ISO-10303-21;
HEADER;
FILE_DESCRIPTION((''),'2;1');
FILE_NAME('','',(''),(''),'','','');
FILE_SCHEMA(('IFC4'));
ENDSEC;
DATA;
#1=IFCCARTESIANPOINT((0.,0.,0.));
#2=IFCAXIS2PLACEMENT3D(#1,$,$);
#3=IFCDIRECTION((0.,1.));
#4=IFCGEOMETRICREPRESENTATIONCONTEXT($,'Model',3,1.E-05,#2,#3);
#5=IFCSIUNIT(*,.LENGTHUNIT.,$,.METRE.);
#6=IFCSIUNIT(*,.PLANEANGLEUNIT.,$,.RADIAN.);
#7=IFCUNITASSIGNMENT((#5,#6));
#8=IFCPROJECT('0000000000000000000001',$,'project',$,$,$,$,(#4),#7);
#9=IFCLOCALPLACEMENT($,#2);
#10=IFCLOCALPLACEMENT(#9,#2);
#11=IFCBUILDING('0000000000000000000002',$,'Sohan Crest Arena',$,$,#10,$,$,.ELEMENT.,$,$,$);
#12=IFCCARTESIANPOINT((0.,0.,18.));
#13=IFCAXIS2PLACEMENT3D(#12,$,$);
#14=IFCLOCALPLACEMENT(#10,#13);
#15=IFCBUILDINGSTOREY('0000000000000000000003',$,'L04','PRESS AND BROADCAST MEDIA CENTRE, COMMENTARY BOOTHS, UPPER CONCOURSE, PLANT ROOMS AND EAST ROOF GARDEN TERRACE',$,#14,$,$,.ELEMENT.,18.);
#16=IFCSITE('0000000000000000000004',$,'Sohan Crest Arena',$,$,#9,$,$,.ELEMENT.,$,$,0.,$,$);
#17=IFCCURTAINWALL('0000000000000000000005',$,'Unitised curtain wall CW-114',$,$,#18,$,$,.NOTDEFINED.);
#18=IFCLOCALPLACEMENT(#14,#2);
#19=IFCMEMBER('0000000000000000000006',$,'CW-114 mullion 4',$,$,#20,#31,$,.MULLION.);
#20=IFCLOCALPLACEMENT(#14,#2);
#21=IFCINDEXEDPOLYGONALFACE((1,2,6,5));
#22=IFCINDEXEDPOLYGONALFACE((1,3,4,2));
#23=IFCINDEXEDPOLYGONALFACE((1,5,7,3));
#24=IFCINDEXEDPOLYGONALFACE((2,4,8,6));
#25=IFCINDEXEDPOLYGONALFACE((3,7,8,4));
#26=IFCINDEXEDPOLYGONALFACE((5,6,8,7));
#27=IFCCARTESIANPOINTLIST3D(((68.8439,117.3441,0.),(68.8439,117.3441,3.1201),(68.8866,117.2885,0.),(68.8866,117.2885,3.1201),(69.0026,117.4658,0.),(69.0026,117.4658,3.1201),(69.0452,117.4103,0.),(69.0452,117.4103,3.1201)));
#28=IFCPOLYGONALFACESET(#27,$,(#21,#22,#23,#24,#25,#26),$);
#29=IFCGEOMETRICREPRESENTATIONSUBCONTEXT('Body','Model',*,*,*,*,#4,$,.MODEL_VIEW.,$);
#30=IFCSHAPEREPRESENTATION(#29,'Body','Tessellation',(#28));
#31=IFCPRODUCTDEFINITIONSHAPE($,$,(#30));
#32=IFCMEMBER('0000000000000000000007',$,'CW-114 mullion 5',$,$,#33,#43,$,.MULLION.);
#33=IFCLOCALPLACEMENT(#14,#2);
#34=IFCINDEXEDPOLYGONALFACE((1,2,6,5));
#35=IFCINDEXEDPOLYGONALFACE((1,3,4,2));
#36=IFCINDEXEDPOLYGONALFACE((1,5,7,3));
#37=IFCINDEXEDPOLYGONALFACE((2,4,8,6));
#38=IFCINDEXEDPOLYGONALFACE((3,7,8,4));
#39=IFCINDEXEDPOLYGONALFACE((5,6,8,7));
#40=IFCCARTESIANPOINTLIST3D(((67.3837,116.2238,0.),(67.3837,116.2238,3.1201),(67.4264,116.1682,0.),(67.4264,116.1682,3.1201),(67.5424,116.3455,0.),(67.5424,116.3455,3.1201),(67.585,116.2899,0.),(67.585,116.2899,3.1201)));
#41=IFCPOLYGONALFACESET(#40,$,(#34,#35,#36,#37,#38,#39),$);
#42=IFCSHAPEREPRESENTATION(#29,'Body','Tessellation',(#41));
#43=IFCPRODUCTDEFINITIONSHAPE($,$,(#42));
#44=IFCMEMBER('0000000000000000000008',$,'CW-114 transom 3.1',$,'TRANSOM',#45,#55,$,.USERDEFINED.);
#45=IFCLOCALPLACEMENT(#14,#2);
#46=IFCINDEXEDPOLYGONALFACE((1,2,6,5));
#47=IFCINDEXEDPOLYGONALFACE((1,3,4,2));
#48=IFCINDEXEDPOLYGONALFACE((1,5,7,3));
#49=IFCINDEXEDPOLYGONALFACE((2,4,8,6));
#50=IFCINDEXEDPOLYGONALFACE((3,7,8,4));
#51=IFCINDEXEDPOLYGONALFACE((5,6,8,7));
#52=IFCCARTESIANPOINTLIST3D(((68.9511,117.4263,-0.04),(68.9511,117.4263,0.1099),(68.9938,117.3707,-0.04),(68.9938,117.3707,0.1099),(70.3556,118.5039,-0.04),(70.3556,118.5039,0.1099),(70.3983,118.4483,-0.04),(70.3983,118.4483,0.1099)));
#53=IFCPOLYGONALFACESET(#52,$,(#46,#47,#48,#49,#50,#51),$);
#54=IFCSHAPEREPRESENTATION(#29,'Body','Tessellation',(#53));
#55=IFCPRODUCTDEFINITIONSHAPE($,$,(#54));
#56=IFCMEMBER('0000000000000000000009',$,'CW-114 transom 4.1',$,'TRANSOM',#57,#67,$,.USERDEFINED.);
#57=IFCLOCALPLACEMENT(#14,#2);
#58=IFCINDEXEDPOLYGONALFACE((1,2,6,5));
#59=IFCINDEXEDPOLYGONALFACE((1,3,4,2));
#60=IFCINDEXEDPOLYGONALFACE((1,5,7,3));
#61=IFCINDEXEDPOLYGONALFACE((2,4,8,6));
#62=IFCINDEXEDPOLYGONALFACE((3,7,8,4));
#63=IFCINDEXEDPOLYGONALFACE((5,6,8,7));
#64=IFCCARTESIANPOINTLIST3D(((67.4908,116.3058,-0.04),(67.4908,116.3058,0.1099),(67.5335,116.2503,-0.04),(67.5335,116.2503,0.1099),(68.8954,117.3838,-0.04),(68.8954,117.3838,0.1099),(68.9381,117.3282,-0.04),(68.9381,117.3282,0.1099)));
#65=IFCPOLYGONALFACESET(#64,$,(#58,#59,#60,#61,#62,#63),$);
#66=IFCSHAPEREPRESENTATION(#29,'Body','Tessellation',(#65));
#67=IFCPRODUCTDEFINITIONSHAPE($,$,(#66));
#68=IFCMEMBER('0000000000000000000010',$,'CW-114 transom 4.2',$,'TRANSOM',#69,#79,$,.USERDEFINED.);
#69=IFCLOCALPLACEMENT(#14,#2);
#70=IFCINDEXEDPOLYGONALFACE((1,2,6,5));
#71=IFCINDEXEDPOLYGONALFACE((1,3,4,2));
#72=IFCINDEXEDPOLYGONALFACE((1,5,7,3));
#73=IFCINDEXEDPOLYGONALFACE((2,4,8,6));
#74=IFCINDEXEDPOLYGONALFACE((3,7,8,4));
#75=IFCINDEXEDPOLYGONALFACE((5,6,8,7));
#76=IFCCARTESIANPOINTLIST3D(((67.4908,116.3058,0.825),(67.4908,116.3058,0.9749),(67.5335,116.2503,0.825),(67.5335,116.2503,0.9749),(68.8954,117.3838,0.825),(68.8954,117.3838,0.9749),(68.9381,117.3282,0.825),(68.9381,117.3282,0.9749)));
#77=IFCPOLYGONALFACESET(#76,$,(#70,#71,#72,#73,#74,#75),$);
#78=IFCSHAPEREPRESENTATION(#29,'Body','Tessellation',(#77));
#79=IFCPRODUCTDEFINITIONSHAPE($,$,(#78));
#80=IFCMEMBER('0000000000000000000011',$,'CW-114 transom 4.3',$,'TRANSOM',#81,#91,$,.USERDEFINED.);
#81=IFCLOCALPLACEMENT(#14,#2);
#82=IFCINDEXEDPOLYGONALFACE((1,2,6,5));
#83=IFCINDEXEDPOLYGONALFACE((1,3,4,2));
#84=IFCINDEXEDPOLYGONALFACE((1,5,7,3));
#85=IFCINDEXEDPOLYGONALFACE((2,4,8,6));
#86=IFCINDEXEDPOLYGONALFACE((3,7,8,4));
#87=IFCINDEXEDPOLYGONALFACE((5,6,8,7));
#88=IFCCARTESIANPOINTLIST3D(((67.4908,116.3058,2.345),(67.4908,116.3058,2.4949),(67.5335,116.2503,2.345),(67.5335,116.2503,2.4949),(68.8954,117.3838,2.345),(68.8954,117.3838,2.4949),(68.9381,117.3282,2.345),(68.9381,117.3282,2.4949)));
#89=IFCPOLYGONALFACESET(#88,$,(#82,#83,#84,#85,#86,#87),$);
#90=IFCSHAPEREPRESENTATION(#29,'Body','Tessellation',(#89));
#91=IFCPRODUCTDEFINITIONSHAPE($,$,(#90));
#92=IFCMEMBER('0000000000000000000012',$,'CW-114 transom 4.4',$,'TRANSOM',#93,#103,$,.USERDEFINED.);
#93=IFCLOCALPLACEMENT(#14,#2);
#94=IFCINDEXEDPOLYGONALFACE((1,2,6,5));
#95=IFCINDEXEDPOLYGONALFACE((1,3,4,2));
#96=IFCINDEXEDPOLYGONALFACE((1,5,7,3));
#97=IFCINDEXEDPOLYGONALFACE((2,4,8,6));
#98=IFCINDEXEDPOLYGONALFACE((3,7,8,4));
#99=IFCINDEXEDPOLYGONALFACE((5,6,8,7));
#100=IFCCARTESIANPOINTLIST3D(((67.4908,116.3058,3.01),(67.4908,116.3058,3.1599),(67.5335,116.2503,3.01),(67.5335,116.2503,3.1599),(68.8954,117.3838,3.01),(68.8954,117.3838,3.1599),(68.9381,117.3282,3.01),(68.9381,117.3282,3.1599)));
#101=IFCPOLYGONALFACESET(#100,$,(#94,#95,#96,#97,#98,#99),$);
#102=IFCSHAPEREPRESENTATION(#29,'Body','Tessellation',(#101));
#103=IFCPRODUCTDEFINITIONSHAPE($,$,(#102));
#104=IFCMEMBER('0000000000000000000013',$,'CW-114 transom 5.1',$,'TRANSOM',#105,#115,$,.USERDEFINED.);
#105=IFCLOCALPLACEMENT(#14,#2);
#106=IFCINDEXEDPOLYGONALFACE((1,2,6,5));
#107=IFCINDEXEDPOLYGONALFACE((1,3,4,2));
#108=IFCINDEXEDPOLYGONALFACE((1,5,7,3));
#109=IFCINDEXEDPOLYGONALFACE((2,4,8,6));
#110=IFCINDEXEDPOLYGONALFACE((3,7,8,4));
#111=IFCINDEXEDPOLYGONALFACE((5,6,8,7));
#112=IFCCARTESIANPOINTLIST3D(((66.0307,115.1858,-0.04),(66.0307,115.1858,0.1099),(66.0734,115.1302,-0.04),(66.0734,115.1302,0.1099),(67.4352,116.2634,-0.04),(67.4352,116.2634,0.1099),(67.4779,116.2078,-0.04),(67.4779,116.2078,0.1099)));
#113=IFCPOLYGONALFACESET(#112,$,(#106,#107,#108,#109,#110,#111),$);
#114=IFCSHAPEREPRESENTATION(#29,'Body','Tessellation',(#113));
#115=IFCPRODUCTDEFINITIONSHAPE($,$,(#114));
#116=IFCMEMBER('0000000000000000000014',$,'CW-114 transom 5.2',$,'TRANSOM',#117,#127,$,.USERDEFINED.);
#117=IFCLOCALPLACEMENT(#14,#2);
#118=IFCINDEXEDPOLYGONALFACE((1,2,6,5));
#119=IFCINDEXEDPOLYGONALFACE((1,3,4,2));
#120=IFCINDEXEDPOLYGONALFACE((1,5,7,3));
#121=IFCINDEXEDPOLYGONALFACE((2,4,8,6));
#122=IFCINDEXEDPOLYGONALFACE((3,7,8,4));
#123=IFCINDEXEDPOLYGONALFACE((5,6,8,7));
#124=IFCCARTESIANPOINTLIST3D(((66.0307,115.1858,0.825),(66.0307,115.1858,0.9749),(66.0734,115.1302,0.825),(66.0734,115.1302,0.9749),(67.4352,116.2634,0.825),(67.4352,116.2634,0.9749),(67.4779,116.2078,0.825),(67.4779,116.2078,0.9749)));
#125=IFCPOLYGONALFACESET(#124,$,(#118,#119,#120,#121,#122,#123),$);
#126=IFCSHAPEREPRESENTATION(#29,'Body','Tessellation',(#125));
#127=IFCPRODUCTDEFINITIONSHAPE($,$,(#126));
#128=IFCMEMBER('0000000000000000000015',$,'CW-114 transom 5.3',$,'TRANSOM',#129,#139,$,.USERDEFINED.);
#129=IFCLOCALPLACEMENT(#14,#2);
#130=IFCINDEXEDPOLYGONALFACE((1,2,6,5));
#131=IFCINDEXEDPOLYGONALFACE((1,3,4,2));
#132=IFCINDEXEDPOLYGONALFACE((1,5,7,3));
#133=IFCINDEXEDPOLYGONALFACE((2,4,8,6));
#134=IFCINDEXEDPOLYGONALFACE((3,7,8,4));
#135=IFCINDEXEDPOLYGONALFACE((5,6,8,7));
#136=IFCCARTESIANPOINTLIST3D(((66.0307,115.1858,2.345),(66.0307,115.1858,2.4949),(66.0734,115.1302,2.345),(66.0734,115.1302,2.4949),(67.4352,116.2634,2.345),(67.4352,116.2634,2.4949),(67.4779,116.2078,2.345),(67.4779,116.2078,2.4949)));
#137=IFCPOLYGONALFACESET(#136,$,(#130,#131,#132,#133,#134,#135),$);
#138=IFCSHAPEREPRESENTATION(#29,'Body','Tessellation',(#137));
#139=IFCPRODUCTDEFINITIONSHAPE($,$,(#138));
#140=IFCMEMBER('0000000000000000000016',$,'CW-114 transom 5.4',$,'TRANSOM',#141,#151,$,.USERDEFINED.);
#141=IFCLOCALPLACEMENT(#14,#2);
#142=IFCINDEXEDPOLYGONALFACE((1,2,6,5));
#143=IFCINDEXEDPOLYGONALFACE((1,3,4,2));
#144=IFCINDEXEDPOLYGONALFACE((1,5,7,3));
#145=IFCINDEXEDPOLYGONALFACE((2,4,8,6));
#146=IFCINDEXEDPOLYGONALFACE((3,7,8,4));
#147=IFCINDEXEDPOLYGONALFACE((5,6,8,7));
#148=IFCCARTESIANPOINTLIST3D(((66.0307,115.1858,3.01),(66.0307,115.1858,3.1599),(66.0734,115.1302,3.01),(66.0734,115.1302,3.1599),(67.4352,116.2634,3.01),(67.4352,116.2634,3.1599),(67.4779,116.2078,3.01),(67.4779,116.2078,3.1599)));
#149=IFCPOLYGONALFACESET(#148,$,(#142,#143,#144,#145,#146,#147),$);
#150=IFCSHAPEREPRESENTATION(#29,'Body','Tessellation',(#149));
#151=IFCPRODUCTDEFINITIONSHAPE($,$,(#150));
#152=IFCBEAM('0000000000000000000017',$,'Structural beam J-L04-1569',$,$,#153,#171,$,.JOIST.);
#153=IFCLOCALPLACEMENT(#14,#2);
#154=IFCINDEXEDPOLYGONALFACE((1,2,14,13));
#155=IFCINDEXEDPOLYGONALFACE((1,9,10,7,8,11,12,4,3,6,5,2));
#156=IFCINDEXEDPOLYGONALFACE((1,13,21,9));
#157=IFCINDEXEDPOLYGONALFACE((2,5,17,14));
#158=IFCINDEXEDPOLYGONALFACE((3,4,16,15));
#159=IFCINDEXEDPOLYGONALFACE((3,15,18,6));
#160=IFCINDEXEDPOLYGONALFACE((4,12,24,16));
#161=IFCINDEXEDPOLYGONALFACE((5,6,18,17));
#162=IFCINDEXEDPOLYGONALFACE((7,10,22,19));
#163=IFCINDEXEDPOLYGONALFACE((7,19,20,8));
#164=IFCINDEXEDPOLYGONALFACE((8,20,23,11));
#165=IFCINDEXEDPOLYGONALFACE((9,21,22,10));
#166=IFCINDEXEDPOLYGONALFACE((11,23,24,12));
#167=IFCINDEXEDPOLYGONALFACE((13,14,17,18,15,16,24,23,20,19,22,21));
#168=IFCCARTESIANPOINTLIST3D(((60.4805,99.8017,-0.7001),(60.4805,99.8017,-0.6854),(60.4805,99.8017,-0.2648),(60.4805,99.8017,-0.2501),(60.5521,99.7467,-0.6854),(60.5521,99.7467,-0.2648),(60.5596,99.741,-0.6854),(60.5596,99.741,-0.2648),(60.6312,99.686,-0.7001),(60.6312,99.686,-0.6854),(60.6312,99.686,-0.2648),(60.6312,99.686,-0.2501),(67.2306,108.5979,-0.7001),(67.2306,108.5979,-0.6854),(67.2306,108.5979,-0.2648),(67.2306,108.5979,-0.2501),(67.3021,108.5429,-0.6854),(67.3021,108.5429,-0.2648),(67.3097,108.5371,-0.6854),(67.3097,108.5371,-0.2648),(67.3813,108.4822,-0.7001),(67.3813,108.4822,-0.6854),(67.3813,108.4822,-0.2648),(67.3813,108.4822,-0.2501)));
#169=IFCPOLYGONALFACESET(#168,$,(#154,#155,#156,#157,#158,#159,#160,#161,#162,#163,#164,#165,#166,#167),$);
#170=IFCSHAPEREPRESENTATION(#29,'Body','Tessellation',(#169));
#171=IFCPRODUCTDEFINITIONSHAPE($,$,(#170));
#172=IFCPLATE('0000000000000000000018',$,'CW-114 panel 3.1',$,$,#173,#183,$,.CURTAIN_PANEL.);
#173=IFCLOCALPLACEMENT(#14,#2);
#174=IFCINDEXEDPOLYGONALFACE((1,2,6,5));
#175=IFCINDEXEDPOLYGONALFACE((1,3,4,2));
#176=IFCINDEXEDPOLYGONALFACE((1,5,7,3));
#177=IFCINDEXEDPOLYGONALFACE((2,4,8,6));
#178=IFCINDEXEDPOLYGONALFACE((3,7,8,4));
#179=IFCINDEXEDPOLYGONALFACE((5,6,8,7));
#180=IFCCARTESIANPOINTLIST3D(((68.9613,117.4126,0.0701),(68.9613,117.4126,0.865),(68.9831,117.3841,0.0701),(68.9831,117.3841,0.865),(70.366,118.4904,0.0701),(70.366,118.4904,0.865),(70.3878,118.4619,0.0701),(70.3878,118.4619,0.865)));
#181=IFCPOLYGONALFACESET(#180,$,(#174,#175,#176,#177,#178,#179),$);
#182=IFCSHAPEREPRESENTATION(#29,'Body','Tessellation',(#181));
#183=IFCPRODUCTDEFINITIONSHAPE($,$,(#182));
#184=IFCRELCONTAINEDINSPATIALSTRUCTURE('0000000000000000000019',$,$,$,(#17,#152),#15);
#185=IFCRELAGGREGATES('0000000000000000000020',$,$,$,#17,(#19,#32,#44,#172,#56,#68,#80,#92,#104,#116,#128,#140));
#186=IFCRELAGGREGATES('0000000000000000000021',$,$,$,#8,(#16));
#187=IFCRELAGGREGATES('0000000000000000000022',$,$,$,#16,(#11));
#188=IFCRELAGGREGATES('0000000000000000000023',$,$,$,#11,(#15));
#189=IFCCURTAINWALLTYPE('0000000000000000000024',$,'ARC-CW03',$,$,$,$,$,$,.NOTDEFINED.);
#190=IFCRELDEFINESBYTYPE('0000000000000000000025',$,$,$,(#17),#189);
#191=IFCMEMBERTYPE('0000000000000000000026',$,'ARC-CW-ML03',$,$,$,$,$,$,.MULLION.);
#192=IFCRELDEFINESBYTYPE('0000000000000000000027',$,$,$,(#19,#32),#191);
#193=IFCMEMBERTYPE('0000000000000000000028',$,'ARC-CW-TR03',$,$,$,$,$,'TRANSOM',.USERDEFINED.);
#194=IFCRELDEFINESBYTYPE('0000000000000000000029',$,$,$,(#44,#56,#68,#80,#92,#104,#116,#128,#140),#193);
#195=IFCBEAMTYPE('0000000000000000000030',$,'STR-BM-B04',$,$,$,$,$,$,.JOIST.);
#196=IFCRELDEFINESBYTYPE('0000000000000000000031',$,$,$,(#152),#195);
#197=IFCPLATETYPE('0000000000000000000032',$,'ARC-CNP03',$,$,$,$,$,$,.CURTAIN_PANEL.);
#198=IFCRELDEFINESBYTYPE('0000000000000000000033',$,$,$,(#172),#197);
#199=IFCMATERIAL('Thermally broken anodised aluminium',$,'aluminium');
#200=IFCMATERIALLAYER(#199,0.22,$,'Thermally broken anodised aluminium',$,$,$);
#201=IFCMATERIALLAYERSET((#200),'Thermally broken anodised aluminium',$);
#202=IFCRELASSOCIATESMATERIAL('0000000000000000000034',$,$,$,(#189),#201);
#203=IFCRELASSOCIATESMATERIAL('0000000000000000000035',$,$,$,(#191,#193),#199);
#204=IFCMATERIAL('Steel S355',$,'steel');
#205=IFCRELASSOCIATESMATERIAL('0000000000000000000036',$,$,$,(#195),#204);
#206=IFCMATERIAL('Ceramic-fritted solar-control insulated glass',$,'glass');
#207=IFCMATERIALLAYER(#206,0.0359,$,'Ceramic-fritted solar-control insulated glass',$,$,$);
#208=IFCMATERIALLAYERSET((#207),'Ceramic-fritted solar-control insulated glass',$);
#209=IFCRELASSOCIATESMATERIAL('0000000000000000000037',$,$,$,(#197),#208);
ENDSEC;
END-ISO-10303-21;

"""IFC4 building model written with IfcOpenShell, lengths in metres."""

from ifc_helpers import new_model, si_unit, direction, frame, origin, origin_2d, place, context, subcontext, project, spatial, rectangle, i_section, extrude, material, layer, layer_set, material_profile, profile_set, type_object, element, aggregate, save


model = new_model("IFC4")

# Units and contexts
model_context = context("Model", 3, precision=1e-05, world=origin(), true_north=direction((0.0, 1.0)))
body_context = subcontext(model_context, "Body", "Model", "MODEL_VIEW")
ifc_project = project(units=[si_unit("LENGTHUNIT", "METRE"), si_unit("PLANEANGLEUNIT", "RADIAN")], contexts=[model_context])

# Site, building, storey
site_placement = place(None, origin())
site = spatial("IfcSite", under=ifc_project, at=site_placement, Name="Sohan Crest Arena", CompositionType="ELEMENT", RefElevation=0.0)
building_placement = place(site_placement, origin())
building = spatial("IfcBuilding", under=site, at=building_placement, Name="Sohan Crest Arena", CompositionType="ELEMENT")
storey_placement = place(building_placement, frame((0.0, 0.0, 18.0)))
storey = spatial("IfcBuildingStorey", under=building, at=storey_placement, Name="L04", Description="PRESS AND BROADCAST MEDIA CENTRE, COMMENTARY BOOTHS, UPPER CONCOURSE, PLANT ROOMS AND EAST ROOF GARDEN TERRACE", CompositionType="ELEMENT", Elevation=18.0)

# Curtain wall, members
ifc_material_1 = material(Name="Thermally broken anodised aluminium", Category="aluminium")
ifc_layer_1 = layer(ifc_material_1, 0.22, Name="Thermally broken anodised aluminium")
ifc_layer_set_1 = layer_set([ifc_layer_1], Name="Thermally broken anodised aluminium")
curtain_wall_type = type_object("IfcCurtainWallType", Name="ARC-CW03", PredefinedType="NOTDEFINED", material=ifc_layer_set_1)
curtain_wall_placement = place(storey_placement, origin())
curtain_wall = element("IfcCurtainWall", 1, at=curtain_wall_placement, inside=storey, type_object=curtain_wall_type, Name="Unitised curtain wall CW-114", PredefinedType="NOTDEFINED")
ifc_material_profile_1 = material_profile(ifc_material_1, rectangle(XDim=0.0701, YDim=0.2, at=origin_2d()), Name="ALU-MULL 70x200")
ifc_profile_set_1 = profile_set([ifc_material_profile_1], Name="Thermally broken anodised aluminium")
member_type_1 = type_object("IfcMemberType", Name="ARC-CW-ML03", PredefinedType="MULLION", material=ifc_profile_set_1)
member_1_placement = place(storey_placement, frame((68.9446, 117.3772, 0.0), z_axis=(0.0, 0.0, 1.0), x_axis=(0.60872, -0.793385, 0.0)))
member_1 = element("IfcMember", 2, at=member_1_placement, type_object=member_type_1, Name="CW-114 mullion 4", PredefinedType="MULLION", context=body_context, shape_type="SweptSolid", body=[
    extrude(rectangle(XDim=0.0701, YDim=0.2, at=origin_2d()), origin(), (0.0, 0.0, 1.0), 3.1201),
])
member_2_placement = place(storey_placement, frame((67.4844, 116.2568, 0.0), z_axis=(0.0, 0.0, 1.0), x_axis=(0.60872, -0.793385, 0.0)))
member_2 = element("IfcMember", 3, at=member_2_placement, type_object=member_type_1, Name="CW-114 mullion 5", PredefinedType="MULLION", context=body_context, shape_type="SweptSolid", body=[
    extrude(rectangle(XDim=0.0701, YDim=0.2, at=origin_2d()), origin(), (0.0, 0.0, 1.0), 3.1201),
])
ifc_material_profile_2 = material_profile(ifc_material_1, rectangle(XDim=0.0701, YDim=0.1499, at=origin_2d()), Name="ALU-TRAN 70x150")
ifc_profile_set_2 = profile_set([ifc_material_profile_2], Name="Thermally broken anodised aluminium")
member_type_2 = type_object("IfcMemberType", Name="ARC-CW-TR03", ElementType="TRANSOM", PredefinedType="USERDEFINED", material=ifc_profile_set_2)
member_3_placement = place(storey_placement, frame((70.377, 118.4761, 0.0349), z_axis=(-0.793382, -0.608724, 0.0), x_axis=(0.608724, -0.793382, 0.0)))
member_3 = element("IfcMember", 4, at=member_3_placement, type_object=member_type_2, Name="CW-114 transom 3.1", ObjectType="TRANSOM", PredefinedType="USERDEFINED", context=body_context, shape_type="SweptSolid", body=[
    extrude(rectangle(XDim=0.0701, YDim=0.1499, at=origin_2d()), origin(), (0.0, 0.0, 1.0), 1.7703),
])
member_4_placement = place(storey_placement, frame((68.9167, 117.356, 0.0349), z_axis=(-0.793316, -0.608811, 0.0), x_axis=(0.608811, -0.793316, 0.0)))
member_4 = element("IfcMember", 5, at=member_4_placement, type_object=member_type_2, Name="CW-114 transom 4.1", ObjectType="TRANSOM", PredefinedType="USERDEFINED", context=body_context, shape_type="SweptSolid", body=[
    extrude(rectangle(XDim=0.0701, YDim=0.1499, at=origin_2d()), origin(), (0.0, 0.0, 1.0), 1.7705),
])
member_5_placement = place(storey_placement, frame((68.9167, 117.356, 0.8999), z_axis=(-0.793316, -0.608811, 0.0), x_axis=(0.608811, -0.793316, 0.0)))
member_5 = element("IfcMember", 6, at=member_5_placement, type_object=member_type_2, Name="CW-114 transom 4.2", ObjectType="TRANSOM", PredefinedType="USERDEFINED", context=body_context, shape_type="SweptSolid", body=[
    extrude(rectangle(XDim=0.0701, YDim=0.1499, at=origin_2d()), origin(), (0.0, 0.0, 1.0), 1.7705),
])
member_6_placement = place(storey_placement, frame((68.9167, 117.356, 2.4199), z_axis=(-0.793316, -0.608811, 0.0), x_axis=(0.608811, -0.793316, 0.0)))
member_6 = element("IfcMember", 7, at=member_6_placement, type_object=member_type_2, Name="CW-114 transom 4.3", ObjectType="TRANSOM", PredefinedType="USERDEFINED", context=body_context, shape_type="SweptSolid", body=[
    extrude(rectangle(XDim=0.0701, YDim=0.1499, at=origin_2d()), origin(), (0.0, 0.0, 1.0), 1.7705),
])
member_7_placement = place(storey_placement, frame((68.9167, 117.356, 3.085), z_axis=(-0.793316, -0.608811, 0.0), x_axis=(0.608811, -0.793316, 0.0)))
member_7 = element("IfcMember", 8, at=member_7_placement, type_object=member_type_2, Name="CW-114 transom 4.4", ObjectType="TRANSOM", PredefinedType="USERDEFINED", context=body_context, shape_type="SweptSolid", body=[
    extrude(rectangle(XDim=0.0701, YDim=0.1499, at=origin_2d()), origin(), (0.0, 0.0, 1.0), 1.7705),
])
member_8_placement = place(storey_placement, frame((67.4565, 116.2356, 0.0349), z_axis=(-0.793382, -0.608724, 0.0), x_axis=(0.608724, -0.793382, 0.0)))
member_8 = element("IfcMember", 9, at=member_8_placement, type_object=member_type_2, Name="CW-114 transom 5.1", ObjectType="TRANSOM", PredefinedType="USERDEFINED", context=body_context, shape_type="SweptSolid", body=[
    extrude(rectangle(XDim=0.0701, YDim=0.1499, at=origin_2d()), origin(), (0.0, 0.0, 1.0), 1.7703),
])
member_9_placement = place(storey_placement, frame((67.4565, 116.2356, 0.8999), z_axis=(-0.793382, -0.608724, 0.0), x_axis=(0.608724, -0.793382, 0.0)))
member_9 = element("IfcMember", 10, at=member_9_placement, type_object=member_type_2, Name="CW-114 transom 5.2", ObjectType="TRANSOM", PredefinedType="USERDEFINED", context=body_context, shape_type="SweptSolid", body=[
    extrude(rectangle(XDim=0.0701, YDim=0.1499, at=origin_2d()), origin(), (0.0, 0.0, 1.0), 1.7703),
])
member_10_placement = place(storey_placement, frame((67.4565, 116.2356, 2.4199), z_axis=(-0.793382, -0.608724, 0.0), x_axis=(0.608724, -0.793382, 0.0)))
member_10 = element("IfcMember", 11, at=member_10_placement, type_object=member_type_2, Name="CW-114 transom 5.3", ObjectType="TRANSOM", PredefinedType="USERDEFINED", context=body_context, shape_type="SweptSolid", body=[
    extrude(rectangle(XDim=0.0701, YDim=0.1499, at=origin_2d()), origin(), (0.0, 0.0, 1.0), 1.7703),
])
member_11_placement = place(storey_placement, frame((67.4565, 116.2356, 3.085), z_axis=(-0.793382, -0.608724, 0.0), x_axis=(0.608724, -0.793382, 0.0)))
member_11 = element("IfcMember", 12, at=member_11_placement, type_object=member_type_2, Name="CW-114 transom 5.4", ObjectType="TRANSOM", PredefinedType="USERDEFINED", context=body_context, shape_type="SweptSolid", body=[
    extrude(rectangle(XDim=0.0701, YDim=0.1499, at=origin_2d()), origin(), (0.0, 0.0, 1.0), 1.7703),
])

# Beam
ifc_material_2 = material(Name="Steel S355", Category="steel")
ifc_material_profile_3 = material_profile(ifc_material_2, i_section(OverallWidth=0.1899, OverallDepth=0.45, WebThickness=0.0095, FlangeThickness=0.0146, at=origin_2d()), Name="IPE 450")
ifc_profile_set_3 = profile_set([ifc_material_profile_3], Name="Steel S355")
beam_type = type_object("IfcBeamType", Name="STR-BM-B04", PredefinedType="JOIST", material=ifc_profile_set_3)
beam_placement = place(storey_placement, frame((67.3059, 108.54, -0.4751), z_axis=(-0.608789, -0.793332, 0.0), x_axis=(0.793332, -0.608789, 0.0)))
element("IfcBeam", 13, at=beam_placement, inside=storey, type_object=beam_type, Name="Structural beam J-L04-1569", PredefinedType="JOIST", context=body_context, shape_type="SweptSolid", body=[
    extrude(i_section(OverallWidth=0.1899, OverallDepth=0.45, WebThickness=0.0095, FlangeThickness=0.0146, at=origin_2d()), origin(), (0.0, 0.0, 1.0), 11.0876),
])

# Plate
ifc_material_3 = material(Name="Ceramic-fritted solar-control insulated glass", Category="glass")
ifc_layer_2 = layer(ifc_material_3, 0.0359, Name="Ceramic-fritted solar-control insulated glass")
ifc_layer_set_2 = layer_set([ifc_layer_2], Name="Ceramic-fritted solar-control insulated glass")
plate_type = type_object("IfcPlateType", Name="ARC-CNP03", PredefinedType="CURTAIN_PANEL", material=ifc_layer_set_2)
plate_1_placement = place(storey_placement, frame((69.6746, 117.9373, 0.0701), z_axis=(0.0, 0.0, 1.0), x_axis=(-0.793385, -0.60872, 0.0)))
plate_1 = element("IfcPlate", 14, at=plate_1_placement, type_object=plate_type, Name="CW-114 panel 3.1", PredefinedType="CURTAIN_PANEL", context=body_context, shape_type="SweptSolid", body=[
    extrude(rectangle(XDim=1.7705, YDim=0.0359, at=origin_2d()), origin(), (0.0, 0.0, 1.0), 0.7949),
])
aggregate(curtain_wall, [member_1, member_2, member_3, plate_1, member_4, member_5, member_6, member_7, member_8, member_9, member_10, member_11])

save(model, "model.ifc")
